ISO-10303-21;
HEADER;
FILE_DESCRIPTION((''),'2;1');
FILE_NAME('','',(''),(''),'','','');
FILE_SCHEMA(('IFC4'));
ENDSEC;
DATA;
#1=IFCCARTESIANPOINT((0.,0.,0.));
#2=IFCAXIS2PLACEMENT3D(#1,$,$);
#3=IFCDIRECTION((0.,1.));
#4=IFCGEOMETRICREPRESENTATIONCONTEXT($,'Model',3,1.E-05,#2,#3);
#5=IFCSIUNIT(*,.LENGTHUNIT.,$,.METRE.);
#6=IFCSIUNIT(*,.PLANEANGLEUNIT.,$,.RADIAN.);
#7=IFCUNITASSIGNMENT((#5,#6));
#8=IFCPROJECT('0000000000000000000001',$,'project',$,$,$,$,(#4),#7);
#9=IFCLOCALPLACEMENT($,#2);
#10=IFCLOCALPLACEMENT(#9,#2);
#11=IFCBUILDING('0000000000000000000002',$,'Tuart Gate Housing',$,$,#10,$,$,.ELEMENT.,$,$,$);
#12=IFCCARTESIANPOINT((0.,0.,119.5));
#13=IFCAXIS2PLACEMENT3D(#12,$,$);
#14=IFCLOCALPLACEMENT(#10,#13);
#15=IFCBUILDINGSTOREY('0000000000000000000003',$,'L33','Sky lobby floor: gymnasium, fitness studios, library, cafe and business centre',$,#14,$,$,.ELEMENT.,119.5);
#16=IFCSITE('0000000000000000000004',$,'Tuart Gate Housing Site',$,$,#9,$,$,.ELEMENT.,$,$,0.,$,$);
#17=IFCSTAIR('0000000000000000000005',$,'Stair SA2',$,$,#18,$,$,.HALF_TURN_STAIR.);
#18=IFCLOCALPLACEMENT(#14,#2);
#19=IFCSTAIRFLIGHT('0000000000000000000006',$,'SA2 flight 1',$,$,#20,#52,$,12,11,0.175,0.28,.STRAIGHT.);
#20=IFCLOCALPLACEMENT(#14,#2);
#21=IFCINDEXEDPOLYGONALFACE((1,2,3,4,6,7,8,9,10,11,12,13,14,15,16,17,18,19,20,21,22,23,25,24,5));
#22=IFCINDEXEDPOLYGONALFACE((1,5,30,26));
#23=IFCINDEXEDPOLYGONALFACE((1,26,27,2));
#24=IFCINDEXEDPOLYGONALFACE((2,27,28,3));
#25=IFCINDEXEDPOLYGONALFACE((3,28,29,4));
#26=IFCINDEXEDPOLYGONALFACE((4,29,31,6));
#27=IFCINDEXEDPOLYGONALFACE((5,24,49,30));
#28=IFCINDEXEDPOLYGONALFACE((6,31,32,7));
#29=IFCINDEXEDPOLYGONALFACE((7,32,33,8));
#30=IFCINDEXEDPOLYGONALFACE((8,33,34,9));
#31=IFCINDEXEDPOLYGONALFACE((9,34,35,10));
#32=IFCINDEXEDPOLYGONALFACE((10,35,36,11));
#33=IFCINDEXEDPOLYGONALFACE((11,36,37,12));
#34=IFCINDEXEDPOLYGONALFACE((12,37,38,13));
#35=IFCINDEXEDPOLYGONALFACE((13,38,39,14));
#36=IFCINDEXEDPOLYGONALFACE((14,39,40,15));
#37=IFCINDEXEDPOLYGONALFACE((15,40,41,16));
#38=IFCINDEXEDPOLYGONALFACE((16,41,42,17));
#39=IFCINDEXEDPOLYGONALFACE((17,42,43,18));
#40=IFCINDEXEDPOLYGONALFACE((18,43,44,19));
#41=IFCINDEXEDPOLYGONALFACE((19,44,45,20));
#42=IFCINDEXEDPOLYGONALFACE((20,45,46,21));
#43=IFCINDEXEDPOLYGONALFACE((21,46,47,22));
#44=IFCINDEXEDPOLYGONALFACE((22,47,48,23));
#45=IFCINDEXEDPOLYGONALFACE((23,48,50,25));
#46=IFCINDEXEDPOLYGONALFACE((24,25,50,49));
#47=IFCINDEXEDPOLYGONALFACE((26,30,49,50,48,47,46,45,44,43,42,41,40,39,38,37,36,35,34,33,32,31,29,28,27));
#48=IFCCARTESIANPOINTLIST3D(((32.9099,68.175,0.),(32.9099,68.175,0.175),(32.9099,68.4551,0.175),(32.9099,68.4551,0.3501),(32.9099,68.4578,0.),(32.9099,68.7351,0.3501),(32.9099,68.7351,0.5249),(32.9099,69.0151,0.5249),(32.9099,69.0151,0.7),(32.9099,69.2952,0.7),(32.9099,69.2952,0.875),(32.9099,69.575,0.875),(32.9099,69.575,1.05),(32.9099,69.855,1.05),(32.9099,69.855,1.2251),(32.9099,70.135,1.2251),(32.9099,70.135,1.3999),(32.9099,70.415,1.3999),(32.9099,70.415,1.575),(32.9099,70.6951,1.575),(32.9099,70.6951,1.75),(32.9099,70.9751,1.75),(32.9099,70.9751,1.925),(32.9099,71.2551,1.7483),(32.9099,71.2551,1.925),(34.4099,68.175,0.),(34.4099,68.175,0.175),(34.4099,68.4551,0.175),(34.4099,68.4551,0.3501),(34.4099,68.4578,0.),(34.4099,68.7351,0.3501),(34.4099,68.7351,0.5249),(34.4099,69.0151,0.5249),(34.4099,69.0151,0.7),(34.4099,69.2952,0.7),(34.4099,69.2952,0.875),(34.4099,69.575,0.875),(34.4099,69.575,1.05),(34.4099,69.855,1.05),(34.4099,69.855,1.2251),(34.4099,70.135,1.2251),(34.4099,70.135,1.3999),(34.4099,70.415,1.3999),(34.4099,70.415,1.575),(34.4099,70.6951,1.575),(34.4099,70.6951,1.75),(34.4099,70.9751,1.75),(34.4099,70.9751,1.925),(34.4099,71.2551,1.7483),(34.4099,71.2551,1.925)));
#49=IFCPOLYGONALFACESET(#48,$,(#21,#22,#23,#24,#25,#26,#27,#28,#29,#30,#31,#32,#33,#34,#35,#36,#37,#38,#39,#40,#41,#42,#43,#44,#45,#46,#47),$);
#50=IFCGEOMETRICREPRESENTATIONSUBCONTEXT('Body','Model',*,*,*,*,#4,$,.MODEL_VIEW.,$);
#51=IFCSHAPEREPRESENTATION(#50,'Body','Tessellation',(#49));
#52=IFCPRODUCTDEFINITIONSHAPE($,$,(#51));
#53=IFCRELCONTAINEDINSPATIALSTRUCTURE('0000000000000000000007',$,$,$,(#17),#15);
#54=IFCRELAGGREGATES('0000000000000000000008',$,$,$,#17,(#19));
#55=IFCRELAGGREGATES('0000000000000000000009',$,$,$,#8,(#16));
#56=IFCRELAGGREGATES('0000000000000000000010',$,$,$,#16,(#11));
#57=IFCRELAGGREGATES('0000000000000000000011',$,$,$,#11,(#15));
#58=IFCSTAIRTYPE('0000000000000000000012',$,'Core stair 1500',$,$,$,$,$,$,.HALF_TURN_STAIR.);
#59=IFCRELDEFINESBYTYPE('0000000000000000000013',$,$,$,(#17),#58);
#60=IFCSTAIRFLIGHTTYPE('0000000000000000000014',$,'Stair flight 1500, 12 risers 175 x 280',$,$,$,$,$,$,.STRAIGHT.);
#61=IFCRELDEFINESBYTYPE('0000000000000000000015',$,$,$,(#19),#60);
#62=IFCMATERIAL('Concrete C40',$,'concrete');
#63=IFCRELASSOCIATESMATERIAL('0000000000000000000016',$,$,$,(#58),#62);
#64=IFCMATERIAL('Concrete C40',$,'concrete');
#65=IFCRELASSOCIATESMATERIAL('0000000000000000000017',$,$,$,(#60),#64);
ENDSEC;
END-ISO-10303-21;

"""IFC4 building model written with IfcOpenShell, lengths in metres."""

from ifc_helpers import new_model, si_unit, direction, frame, origin, place, context, subcontext, project, spatial, polyline, outline, extrude, material, type_object, element, aggregate, save


model = new_model("IFC4")

# Units and contexts
model_context = context("Model", 3, precision=1e-05, world=origin(), true_north=direction((0.0, 1.0)))
body_context = subcontext(model_context, "Body", "Model", "MODEL_VIEW")
ifc_project = project(units=[si_unit("LENGTHUNIT", "METRE"), si_unit("PLANEANGLEUNIT", "RADIAN")], contexts=[model_context])

# Site, building, storey
site_placement = place(None, origin())
site = spatial("IfcSite", under=ifc_project, at=site_placement, Name="Tuart Gate Housing Site", CompositionType="ELEMENT", RefElevation=0.0)
building_placement = place(site_placement, origin())
building = spatial("IfcBuilding", under=site, at=building_placement, Name="Tuart Gate Housing", CompositionType="ELEMENT")
storey_placement = place(building_placement, frame((0.0, 0.0, 119.5)))
storey = spatial("IfcBuildingStorey", under=building, at=storey_placement, Name="L33", Description="Sky lobby floor: gymnasium, fitness studios, library, cafe and business centre", CompositionType="ELEMENT", Elevation=119.5)

# Stair, stair flight
ifc_material_1 = material(Name="Concrete C40", Category="concrete")
stair_type = type_object("IfcStairType", Name="Core stair 1500", PredefinedType="HALF_TURN_STAIR", material=ifc_material_1)
stair_placement = place(storey_placement, origin())
stair = element("IfcStair", 1, at=stair_placement, inside=storey, type_object=stair_type, Name="Stair SA2", PredefinedType="HALF_TURN_STAIR")
ifc_material_2 = material(Name="Concrete C40", Category="concrete")
stair_flight_type = type_object("IfcStairFlightType", Name="Stair flight 1500, 12 risers 175 x 280", PredefinedType="STRAIGHT", material=ifc_material_2)
stair_flight_placement = place(storey_placement, frame((33.6599, 68.175, 0.0), z_axis=(0.0, 0.0, 1.0), x_axis=(0.0, 1.0, 0.0)))
stair_flight = element("IfcStairFlight", 2, at=stair_flight_placement, type_object=stair_flight_type, Name="SA2 flight 1", NumberOfRisers=12, NumberOfTreads=11, PredefinedType="STRAIGHT", RiserHeight=0.175, TreadLength=0.28, context=body_context, shape_type="SweptSolid", body=[
    extrude(outline(polyline([(0.0, 0.0), (0.0, 0.175), (0.28, 0.175), (0.28, 0.3501), (0.5601, 0.3501), (0.5601, 0.5249), (0.8401, 0.5249), (0.8401, 0.7), (1.1201, 0.7), (1.1201, 0.875), (1.3999, 0.875), (1.3999, 1.05), (1.6799, 1.05), (1.6799, 1.2251), (1.96, 1.2251), (1.96, 1.3999), (2.24, 1.3999), (2.24, 1.575), (2.52, 1.575), (2.52, 1.75), (2.8, 1.75), (2.8, 1.925), (3.0801, 1.925), (3.0801, 2.1001), (3.0801, 1.7483), (0.2827, 0.0), (0.0, 0.0)])), frame((0.0, 0.75, 0.0), z_axis=(0.0, -1.0, 0.0), x_axis=(1.0, 0.0, 0.0)), (0.0, 0.0, 1.0), 1.5),
])
aggregate(stair, [stair_flight])

save(model, "model.ifc")
